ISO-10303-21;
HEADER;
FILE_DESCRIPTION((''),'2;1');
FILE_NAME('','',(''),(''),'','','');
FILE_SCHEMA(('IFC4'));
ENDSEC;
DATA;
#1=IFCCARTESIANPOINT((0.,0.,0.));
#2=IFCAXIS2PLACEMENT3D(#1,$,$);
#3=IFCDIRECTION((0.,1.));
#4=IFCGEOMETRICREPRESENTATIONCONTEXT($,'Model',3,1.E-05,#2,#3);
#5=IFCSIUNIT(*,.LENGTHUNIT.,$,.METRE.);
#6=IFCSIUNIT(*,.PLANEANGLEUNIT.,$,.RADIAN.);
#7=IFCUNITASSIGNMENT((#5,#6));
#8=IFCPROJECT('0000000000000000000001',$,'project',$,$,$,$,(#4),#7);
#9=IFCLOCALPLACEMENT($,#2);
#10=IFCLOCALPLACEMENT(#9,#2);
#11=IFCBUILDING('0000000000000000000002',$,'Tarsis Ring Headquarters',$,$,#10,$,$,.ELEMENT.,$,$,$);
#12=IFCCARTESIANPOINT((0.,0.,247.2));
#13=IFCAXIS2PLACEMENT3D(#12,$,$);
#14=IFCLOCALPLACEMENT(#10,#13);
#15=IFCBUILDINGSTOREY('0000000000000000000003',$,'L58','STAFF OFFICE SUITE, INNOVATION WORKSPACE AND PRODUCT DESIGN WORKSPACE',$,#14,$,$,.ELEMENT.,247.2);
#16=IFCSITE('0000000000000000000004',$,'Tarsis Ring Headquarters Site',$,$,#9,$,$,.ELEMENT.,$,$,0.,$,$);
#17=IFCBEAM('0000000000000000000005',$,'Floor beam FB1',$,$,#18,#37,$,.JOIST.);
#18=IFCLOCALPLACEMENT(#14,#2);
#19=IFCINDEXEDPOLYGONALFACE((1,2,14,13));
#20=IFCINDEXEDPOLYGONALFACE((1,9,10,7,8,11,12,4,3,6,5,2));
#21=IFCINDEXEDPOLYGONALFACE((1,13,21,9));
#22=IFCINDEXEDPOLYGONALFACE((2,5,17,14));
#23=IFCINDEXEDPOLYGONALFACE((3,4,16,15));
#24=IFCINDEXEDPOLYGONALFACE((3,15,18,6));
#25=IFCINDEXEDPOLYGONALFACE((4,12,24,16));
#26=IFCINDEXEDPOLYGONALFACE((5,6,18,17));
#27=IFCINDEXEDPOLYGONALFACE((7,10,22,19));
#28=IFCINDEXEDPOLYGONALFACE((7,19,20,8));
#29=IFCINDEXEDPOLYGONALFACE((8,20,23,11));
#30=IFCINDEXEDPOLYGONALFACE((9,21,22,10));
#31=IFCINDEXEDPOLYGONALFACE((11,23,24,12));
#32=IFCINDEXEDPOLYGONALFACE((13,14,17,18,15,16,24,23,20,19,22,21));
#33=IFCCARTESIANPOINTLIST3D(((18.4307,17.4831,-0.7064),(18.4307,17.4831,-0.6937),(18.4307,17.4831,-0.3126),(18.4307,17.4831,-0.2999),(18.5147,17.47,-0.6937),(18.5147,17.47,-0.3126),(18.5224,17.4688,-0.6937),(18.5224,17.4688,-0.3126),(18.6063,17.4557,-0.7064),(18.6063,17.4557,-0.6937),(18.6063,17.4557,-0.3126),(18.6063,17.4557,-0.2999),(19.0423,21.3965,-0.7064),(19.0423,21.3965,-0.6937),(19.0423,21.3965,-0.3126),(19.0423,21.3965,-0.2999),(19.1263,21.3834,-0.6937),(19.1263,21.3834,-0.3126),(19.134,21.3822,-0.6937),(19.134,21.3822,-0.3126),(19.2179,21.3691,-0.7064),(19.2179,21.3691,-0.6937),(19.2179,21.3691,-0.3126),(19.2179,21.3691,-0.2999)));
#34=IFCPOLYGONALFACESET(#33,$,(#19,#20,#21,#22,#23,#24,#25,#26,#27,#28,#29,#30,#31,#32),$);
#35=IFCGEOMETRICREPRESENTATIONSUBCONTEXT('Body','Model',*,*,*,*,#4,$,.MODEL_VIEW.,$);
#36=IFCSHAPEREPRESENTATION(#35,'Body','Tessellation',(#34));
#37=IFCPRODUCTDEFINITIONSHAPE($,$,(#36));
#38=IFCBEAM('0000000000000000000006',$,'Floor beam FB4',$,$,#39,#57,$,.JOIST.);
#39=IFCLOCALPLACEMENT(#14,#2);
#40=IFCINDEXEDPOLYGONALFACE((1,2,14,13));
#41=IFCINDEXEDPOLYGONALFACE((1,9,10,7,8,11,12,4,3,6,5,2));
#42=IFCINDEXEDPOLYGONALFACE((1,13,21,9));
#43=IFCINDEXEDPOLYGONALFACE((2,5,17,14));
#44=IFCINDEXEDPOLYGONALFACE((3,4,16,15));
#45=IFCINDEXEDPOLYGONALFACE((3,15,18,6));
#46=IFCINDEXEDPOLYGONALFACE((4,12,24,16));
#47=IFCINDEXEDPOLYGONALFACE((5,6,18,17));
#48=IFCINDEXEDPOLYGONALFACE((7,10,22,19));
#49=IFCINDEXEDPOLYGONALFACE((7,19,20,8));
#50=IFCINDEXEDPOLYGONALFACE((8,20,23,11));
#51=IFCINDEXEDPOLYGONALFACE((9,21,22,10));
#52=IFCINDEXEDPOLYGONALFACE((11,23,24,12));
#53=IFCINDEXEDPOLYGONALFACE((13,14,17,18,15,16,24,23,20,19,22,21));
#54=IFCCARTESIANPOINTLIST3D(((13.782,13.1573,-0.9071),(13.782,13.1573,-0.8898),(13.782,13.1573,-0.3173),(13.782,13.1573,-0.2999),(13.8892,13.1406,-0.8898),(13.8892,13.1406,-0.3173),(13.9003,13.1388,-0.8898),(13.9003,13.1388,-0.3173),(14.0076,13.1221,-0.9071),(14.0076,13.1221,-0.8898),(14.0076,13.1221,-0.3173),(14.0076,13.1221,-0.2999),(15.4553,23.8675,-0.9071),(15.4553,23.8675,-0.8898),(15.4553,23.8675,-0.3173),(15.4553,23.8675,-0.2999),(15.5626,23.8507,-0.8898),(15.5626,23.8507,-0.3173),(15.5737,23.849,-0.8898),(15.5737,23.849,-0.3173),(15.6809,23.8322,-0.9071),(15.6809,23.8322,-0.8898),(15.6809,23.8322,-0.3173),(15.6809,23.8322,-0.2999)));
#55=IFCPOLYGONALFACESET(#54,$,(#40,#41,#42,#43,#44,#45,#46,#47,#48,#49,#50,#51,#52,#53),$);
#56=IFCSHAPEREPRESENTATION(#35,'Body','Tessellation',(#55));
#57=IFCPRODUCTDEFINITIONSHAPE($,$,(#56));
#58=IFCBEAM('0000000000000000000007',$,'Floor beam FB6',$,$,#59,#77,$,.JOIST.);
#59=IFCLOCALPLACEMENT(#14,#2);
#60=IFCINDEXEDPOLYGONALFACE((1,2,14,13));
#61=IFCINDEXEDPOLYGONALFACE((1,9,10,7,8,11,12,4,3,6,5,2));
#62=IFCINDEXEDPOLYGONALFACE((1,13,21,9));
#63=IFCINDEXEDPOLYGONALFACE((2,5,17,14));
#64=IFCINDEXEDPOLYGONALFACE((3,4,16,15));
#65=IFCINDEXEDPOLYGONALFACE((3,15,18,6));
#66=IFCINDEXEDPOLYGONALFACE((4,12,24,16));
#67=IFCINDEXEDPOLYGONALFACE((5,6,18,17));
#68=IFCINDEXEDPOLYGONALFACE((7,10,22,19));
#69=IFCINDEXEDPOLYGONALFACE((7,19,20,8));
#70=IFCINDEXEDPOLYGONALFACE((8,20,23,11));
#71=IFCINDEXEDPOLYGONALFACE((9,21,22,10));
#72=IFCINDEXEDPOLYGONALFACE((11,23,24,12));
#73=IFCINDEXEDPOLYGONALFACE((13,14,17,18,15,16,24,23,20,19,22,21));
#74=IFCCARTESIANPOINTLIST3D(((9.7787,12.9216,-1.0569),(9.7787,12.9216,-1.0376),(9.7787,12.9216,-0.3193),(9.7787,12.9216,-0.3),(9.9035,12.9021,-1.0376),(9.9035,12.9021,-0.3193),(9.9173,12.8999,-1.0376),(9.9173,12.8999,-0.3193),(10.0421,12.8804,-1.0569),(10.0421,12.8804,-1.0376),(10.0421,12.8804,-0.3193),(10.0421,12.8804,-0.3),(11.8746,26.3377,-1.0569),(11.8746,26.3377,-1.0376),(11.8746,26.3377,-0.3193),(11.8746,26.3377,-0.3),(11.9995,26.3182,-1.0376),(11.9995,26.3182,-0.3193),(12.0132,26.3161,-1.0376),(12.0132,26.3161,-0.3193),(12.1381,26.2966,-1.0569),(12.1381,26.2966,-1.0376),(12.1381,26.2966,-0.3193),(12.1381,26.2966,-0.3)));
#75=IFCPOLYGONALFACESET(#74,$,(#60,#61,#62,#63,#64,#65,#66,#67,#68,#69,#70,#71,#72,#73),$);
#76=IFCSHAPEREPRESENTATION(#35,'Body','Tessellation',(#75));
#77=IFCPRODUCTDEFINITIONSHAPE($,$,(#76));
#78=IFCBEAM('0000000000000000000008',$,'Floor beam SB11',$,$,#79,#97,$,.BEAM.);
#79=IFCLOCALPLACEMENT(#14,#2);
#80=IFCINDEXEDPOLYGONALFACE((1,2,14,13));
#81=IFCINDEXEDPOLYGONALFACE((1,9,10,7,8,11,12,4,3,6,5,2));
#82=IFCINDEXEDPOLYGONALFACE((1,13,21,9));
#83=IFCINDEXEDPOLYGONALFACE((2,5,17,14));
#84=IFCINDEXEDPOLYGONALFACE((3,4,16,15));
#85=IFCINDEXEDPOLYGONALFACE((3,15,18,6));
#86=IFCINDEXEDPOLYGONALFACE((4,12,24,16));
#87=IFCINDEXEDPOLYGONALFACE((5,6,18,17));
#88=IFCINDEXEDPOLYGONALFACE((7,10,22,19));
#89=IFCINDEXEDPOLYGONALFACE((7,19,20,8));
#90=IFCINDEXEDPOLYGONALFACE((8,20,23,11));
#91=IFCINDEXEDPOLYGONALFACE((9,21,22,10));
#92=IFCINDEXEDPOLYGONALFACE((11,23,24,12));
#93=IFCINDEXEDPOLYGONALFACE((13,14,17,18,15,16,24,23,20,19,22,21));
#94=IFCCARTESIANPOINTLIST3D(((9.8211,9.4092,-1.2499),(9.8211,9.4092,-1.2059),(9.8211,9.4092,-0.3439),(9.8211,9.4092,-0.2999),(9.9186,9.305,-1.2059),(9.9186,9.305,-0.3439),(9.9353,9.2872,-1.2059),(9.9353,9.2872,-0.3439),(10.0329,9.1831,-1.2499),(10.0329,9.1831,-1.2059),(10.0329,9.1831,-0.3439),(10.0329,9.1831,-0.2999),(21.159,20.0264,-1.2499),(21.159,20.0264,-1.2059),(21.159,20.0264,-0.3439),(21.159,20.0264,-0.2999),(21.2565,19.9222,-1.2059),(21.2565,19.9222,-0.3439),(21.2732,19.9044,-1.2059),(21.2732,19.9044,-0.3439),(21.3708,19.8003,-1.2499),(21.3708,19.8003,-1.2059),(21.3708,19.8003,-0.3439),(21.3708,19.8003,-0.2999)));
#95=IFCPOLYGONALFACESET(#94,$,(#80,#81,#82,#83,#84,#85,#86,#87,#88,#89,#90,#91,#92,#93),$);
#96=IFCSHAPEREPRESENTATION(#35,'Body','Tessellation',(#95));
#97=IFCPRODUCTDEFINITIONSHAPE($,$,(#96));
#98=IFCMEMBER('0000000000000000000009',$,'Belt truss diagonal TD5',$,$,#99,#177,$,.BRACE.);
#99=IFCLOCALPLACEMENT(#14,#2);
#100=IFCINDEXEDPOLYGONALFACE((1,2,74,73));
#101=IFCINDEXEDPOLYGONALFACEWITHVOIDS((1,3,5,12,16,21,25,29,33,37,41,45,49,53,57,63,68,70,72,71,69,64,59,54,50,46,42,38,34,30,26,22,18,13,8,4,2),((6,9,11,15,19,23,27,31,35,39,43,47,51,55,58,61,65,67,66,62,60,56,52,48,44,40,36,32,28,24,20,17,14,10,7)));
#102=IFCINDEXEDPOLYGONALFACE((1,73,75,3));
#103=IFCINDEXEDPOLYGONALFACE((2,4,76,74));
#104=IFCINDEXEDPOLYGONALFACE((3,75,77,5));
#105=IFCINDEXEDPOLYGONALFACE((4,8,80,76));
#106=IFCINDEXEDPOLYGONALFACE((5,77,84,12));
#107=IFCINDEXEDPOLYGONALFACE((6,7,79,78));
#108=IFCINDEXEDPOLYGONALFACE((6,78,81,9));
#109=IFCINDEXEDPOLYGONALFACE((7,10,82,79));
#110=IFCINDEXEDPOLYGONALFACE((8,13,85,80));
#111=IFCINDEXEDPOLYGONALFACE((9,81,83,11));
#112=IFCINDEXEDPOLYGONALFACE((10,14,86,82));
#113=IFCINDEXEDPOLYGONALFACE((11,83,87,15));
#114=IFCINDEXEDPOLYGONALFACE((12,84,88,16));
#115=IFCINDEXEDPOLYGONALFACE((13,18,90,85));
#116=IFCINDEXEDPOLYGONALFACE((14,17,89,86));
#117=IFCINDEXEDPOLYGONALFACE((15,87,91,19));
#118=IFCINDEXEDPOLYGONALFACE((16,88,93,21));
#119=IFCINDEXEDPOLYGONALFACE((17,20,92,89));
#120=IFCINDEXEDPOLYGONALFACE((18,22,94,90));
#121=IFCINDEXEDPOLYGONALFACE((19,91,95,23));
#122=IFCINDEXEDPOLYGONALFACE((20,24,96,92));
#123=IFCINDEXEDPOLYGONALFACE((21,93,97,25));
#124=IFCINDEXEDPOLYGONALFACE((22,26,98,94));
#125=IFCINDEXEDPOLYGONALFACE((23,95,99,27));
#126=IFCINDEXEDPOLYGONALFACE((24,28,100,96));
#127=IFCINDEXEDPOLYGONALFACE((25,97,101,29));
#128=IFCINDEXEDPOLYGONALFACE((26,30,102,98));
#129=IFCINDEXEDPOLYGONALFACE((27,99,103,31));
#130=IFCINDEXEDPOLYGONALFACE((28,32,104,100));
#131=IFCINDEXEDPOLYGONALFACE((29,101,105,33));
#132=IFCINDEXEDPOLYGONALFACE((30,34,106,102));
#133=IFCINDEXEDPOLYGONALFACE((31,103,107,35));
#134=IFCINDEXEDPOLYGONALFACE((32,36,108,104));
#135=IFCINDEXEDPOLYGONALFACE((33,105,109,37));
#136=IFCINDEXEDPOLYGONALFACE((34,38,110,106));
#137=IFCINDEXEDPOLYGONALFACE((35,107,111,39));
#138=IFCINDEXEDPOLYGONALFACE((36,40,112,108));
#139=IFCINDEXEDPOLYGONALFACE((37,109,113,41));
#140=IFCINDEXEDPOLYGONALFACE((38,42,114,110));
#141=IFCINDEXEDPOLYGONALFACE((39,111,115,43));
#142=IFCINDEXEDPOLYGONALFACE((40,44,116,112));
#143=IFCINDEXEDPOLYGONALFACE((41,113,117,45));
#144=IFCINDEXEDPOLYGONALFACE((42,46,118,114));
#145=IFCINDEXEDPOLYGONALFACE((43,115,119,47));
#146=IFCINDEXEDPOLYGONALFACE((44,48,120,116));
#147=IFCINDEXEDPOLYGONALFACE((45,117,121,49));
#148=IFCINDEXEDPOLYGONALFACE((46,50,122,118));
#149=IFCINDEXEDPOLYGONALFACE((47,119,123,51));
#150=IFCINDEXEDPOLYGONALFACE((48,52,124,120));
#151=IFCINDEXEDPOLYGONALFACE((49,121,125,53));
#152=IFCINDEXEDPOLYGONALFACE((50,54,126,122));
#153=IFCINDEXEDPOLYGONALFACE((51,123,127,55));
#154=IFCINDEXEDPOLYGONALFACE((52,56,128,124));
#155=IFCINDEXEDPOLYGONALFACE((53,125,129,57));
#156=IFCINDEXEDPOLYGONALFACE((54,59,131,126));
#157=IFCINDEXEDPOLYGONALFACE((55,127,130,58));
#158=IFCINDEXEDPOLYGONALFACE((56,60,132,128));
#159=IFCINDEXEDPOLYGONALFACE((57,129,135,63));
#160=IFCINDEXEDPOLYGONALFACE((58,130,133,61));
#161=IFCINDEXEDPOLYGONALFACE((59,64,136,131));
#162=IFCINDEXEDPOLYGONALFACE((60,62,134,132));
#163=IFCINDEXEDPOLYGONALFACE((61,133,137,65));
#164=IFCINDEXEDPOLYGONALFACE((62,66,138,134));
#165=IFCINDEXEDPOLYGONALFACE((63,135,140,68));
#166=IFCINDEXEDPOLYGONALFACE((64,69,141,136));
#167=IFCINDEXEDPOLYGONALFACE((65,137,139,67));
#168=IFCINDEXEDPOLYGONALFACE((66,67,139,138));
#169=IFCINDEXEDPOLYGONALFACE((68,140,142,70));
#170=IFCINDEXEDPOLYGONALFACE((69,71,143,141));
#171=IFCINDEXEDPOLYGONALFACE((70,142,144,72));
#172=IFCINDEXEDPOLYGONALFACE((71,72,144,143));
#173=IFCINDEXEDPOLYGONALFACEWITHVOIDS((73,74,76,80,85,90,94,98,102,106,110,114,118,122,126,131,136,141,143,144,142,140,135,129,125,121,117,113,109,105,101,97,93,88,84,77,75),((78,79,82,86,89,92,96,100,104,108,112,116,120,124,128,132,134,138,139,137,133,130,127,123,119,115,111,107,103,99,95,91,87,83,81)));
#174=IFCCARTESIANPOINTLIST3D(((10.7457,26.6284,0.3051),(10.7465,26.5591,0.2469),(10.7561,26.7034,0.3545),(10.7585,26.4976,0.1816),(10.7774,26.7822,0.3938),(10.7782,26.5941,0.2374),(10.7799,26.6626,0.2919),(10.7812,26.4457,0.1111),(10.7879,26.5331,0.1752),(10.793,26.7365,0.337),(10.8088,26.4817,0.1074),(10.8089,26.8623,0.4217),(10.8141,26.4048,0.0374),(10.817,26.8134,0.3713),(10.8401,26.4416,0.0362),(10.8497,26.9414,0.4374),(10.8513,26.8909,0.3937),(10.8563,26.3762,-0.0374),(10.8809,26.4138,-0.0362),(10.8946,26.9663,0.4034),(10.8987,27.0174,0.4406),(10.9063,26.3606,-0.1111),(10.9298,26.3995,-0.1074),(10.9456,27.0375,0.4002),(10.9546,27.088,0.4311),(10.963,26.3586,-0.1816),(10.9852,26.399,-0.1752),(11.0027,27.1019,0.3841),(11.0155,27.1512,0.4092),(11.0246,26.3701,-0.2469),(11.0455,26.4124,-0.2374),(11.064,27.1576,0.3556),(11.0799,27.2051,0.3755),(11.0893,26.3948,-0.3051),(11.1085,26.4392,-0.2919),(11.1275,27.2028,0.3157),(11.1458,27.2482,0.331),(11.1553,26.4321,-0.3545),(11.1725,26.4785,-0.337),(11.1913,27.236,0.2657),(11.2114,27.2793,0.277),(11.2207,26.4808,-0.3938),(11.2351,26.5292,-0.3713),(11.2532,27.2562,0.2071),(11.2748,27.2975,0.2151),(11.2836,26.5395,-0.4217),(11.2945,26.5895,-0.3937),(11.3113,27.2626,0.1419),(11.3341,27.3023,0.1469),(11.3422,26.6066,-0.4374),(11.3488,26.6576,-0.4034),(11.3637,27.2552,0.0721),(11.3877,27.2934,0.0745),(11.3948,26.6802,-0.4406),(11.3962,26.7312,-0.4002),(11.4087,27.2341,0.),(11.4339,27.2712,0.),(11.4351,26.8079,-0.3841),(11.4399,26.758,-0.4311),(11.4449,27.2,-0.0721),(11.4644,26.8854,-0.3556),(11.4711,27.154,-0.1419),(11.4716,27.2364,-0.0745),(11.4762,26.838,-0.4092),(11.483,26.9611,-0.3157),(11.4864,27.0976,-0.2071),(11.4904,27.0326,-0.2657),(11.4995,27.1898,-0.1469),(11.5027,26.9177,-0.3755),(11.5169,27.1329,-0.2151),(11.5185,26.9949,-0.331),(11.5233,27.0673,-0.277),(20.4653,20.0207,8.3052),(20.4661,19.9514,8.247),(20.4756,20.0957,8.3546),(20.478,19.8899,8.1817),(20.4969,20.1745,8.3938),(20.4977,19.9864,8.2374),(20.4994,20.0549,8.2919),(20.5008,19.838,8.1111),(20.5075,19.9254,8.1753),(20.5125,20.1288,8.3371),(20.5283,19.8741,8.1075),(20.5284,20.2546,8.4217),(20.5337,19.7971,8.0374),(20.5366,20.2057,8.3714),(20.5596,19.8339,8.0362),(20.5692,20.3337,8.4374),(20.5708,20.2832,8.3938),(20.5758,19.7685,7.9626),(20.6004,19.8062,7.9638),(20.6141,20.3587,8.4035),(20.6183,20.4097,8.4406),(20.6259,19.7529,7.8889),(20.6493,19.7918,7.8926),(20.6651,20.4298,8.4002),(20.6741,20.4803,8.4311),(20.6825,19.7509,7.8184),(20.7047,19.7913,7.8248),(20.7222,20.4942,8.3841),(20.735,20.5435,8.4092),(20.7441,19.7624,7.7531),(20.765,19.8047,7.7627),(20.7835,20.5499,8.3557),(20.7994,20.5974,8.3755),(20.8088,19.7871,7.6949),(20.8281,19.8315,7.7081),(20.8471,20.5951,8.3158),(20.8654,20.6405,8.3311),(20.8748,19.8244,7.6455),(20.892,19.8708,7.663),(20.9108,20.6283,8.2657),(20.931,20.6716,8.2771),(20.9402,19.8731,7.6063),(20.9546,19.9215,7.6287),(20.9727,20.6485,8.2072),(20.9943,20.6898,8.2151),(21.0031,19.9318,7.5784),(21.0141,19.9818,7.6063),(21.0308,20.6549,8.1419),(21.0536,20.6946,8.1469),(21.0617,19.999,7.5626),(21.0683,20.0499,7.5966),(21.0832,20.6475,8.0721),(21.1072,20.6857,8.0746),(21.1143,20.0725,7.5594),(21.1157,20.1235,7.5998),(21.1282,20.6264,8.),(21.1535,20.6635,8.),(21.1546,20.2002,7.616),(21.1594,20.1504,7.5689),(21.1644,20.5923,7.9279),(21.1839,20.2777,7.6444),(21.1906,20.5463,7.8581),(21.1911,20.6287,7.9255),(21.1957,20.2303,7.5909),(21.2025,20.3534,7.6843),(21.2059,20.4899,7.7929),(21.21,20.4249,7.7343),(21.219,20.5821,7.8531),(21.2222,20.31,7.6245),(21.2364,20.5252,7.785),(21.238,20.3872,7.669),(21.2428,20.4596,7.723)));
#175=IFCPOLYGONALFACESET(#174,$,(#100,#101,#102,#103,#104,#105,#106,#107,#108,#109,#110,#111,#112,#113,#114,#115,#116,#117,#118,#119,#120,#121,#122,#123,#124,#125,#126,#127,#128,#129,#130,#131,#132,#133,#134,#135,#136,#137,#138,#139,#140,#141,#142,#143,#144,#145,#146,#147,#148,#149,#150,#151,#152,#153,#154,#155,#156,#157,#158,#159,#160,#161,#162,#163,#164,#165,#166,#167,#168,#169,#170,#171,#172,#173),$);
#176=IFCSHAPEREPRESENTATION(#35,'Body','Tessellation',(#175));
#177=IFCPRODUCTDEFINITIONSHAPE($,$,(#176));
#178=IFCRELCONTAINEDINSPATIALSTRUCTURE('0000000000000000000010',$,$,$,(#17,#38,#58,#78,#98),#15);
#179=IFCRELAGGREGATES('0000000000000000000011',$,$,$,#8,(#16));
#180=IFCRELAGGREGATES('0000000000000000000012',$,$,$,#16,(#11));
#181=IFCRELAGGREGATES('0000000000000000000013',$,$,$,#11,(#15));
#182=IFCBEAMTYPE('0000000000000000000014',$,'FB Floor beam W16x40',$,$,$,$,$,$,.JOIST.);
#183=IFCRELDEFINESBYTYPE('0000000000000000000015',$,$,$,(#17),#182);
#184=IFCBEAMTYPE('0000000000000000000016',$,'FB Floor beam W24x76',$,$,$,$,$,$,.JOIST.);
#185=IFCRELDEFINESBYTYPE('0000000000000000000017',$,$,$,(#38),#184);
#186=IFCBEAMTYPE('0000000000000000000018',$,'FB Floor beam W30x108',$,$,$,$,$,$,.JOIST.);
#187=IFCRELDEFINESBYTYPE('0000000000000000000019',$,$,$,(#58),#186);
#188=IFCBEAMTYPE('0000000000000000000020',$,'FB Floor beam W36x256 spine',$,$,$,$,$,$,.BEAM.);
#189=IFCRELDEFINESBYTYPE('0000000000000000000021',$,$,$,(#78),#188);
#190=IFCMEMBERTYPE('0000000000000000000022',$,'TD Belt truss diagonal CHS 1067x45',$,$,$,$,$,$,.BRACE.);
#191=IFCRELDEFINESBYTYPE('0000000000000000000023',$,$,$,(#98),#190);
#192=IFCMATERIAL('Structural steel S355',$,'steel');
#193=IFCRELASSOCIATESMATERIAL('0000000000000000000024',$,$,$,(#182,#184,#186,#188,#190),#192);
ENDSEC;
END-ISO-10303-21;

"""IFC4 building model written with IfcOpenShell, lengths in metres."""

from ifc_helpers import new_model, si_unit, direction, frame, origin, origin_2d, place, context, subcontext, project, spatial, hollow_circle, i_section, extrude, material, material_profile, profile_set, type_object, element, save


model = new_model("IFC4")

# Units and contexts
model_context = context("Model", 3, precision=1e-05, world=origin(), true_north=direction((0.0, 1.0)))
body_context = subcontext(model_context, "Body", "Model", "MODEL_VIEW")
ifc_project = project(units=[si_unit("LENGTHUNIT", "METRE"), si_unit("PLANEANGLEUNIT", "RADIAN")], contexts=[model_context])

# Site, building, storey
site_placement = place(None, origin())
site = spatial("IfcSite", under=ifc_project, at=site_placement, Name="Tarsis Ring Headquarters Site", CompositionType="ELEMENT", RefElevation=0.0)
building_placement = place(site_placement, origin())
building = spatial("IfcBuilding", under=site, at=building_placement, Name="Tarsis Ring Headquarters", CompositionType="ELEMENT")
storey_placement = place(building_placement, frame((0.0, 0.0, 247.2)))
storey = spatial("IfcBuildingStorey", under=building, at=storey_placement, Name="L58", Description="STAFF OFFICE SUITE, INNOVATION WORKSPACE AND PRODUCT DESIGN WORKSPACE", CompositionType="ELEMENT", Elevation=247.2)

# Shared definitions
ifc_material_1 = material(Name="Structural steel S355", Category="steel")
ifc_material_profile_1 = material_profile(ifc_material_1, hollow_circle(Radius=0.5334, WallThickness=0.0449, at=origin_2d()), Name="CHS 1067x45")
ifc_profile_set_1 = profile_set([ifc_material_profile_1], Name="Structural steel S355")

# Beams
ifc_material_profile_2 = material_profile(ifc_material_1, i_section(OverallWidth=0.1777, OverallDepth=0.4065, WebThickness=0.0078, FlangeThickness=0.0127, at=origin_2d()), Name="W16x40")
ifc_profile_set_2 = profile_set([ifc_material_profile_2], Name="Structural steel S355")
beam_type_1 = type_object("IfcBeamType", Name="FB Floor beam W16x40", PredefinedType="JOIST", material=ifc_profile_set_2)
beam_1_placement = place(storey_placement, frame((19.1301, 21.3828, -0.5032), z_axis=(-0.154405, -0.988008, 0.0), x_axis=(0.988008, -0.154405, 0.0)))
element("IfcBeam", 1, at=beam_1_placement, inside=storey, type_object=beam_type_1, Name="Floor beam FB1", PredefinedType="JOIST", context=body_context, shape_type="SweptSolid", body=[
    extrude(i_section(OverallWidth=0.1777, OverallDepth=0.4065, WebThickness=0.0078, FlangeThickness=0.0127, at=origin_2d()), origin(), (0.0, 0.0, 1.0), 3.9609),
])
ifc_material_profile_3 = material_profile(ifc_material_1, i_section(OverallWidth=0.2283, OverallDepth=0.6072, WebThickness=0.0112, FlangeThickness=0.0173, at=origin_2d()), Name="W24x76")
ifc_profile_set_3 = profile_set([ifc_material_profile_3], Name="Structural steel S355")
beam_type_2 = type_object("IfcBeamType", Name="FB Floor beam W24x76", PredefinedType="JOIST", material=ifc_profile_set_3)
beam_2_placement = place(storey_placement, frame((15.5681, 23.8499, -0.6035), z_axis=(-0.154365, -0.988014, 0.0), x_axis=(0.988014, -0.154365, 0.0)))
element("IfcBeam", 2, at=beam_2_placement, inside=storey, type_object=beam_type_2, Name="Floor beam FB4", PredefinedType="JOIST", context=body_context, shape_type="SweptSolid", body=[
    extrude(i_section(OverallWidth=0.2283, OverallDepth=0.6072, WebThickness=0.0112, FlangeThickness=0.0173, at=origin_2d()), origin(), (0.0, 0.0, 1.0), 10.8401),
])
ifc_material_profile_4 = material_profile(ifc_material_1, i_section(OverallWidth=0.2666, OverallDepth=0.7568, WebThickness=0.0139, FlangeThickness=0.0193, at=origin_2d()), Name="W30x108")
ifc_profile_set_4 = profile_set([ifc_material_profile_4], Name="Structural steel S355")
beam_type_3 = type_object("IfcBeamType", Name="FB Floor beam W30x108", PredefinedType="JOIST", material=ifc_profile_set_4)
beam_3_placement = place(storey_placement, frame((12.0063, 26.3171, -0.6785), z_axis=(-0.154355, -0.988015, 0.0), x_axis=(0.988015, -0.154355, 0.0)))
element("IfcBeam", 3, at=beam_3_placement, inside=storey, type_object=beam_type_3, Name="Floor beam FB6", PredefinedType="JOIST", context=body_context, shape_type="SweptSolid", body=[
    extrude(i_section(OverallWidth=0.2666, OverallDepth=0.7568, WebThickness=0.0139, FlangeThickness=0.0193, at=origin_2d()), origin(), (0.0, 0.0, 1.0), 13.5789),
])
ifc_material_profile_5 = material_profile(ifc_material_1, i_section(OverallWidth=0.3098, OverallDepth=0.95, WebThickness=0.0244, FlangeThickness=0.0439, at=origin_2d()), Name="W36x256")
ifc_profile_set_5 = profile_set([ifc_material_profile_5], Name="Structural steel S355")
beam_type_4 = type_object("IfcBeamType", Name="FB Floor beam W36x256 spine", PredefinedType="BEAM", material=ifc_profile_set_5)
beam_4_placement = place(storey_placement, frame((21.2649, 19.9133, -0.7749), z_axis=(-0.729925, -0.683527, 0.0), x_axis=(0.683527, -0.729925, 0.0)))
element("IfcBeam", 4, at=beam_4_placement, inside=storey, type_object=beam_type_4, Name="Floor beam SB11", PredefinedType="BEAM", context=body_context, shape_type="SweptSolid", body=[
    extrude(i_section(OverallWidth=0.3098, OverallDepth=0.95, WebThickness=0.0244, FlangeThickness=0.0439, at=origin_2d()), origin(), (0.0, 0.0, 1.0), 15.533),
])

# Member
member_type_1 = type_object("IfcMemberType", Name="TD Belt truss diagonal CHS 1067x45", PredefinedType="BRACE", material=ifc_profile_set_1)
member_1_placement = place(storey_placement, frame((11.134, 26.8301, 0.0), z_axis=(0.683641, -0.464765, 0.562698), x_axis=(0.562218, 0.826989, 0.0)))
element("IfcMember", 5, at=member_1_placement, inside=storey, type_object=member_type_1, Name="Belt truss diagonal TD5", PredefinedType="BRACE", context=body_context, shape_type="SweptSolid", body=[
    extrude(hollow_circle(Radius=0.5334, WallThickness=0.0449, at=origin_2d()), origin(), (0.0, 0.0, 1.0), 14.2173),
])

save(model, "model.ifc")
